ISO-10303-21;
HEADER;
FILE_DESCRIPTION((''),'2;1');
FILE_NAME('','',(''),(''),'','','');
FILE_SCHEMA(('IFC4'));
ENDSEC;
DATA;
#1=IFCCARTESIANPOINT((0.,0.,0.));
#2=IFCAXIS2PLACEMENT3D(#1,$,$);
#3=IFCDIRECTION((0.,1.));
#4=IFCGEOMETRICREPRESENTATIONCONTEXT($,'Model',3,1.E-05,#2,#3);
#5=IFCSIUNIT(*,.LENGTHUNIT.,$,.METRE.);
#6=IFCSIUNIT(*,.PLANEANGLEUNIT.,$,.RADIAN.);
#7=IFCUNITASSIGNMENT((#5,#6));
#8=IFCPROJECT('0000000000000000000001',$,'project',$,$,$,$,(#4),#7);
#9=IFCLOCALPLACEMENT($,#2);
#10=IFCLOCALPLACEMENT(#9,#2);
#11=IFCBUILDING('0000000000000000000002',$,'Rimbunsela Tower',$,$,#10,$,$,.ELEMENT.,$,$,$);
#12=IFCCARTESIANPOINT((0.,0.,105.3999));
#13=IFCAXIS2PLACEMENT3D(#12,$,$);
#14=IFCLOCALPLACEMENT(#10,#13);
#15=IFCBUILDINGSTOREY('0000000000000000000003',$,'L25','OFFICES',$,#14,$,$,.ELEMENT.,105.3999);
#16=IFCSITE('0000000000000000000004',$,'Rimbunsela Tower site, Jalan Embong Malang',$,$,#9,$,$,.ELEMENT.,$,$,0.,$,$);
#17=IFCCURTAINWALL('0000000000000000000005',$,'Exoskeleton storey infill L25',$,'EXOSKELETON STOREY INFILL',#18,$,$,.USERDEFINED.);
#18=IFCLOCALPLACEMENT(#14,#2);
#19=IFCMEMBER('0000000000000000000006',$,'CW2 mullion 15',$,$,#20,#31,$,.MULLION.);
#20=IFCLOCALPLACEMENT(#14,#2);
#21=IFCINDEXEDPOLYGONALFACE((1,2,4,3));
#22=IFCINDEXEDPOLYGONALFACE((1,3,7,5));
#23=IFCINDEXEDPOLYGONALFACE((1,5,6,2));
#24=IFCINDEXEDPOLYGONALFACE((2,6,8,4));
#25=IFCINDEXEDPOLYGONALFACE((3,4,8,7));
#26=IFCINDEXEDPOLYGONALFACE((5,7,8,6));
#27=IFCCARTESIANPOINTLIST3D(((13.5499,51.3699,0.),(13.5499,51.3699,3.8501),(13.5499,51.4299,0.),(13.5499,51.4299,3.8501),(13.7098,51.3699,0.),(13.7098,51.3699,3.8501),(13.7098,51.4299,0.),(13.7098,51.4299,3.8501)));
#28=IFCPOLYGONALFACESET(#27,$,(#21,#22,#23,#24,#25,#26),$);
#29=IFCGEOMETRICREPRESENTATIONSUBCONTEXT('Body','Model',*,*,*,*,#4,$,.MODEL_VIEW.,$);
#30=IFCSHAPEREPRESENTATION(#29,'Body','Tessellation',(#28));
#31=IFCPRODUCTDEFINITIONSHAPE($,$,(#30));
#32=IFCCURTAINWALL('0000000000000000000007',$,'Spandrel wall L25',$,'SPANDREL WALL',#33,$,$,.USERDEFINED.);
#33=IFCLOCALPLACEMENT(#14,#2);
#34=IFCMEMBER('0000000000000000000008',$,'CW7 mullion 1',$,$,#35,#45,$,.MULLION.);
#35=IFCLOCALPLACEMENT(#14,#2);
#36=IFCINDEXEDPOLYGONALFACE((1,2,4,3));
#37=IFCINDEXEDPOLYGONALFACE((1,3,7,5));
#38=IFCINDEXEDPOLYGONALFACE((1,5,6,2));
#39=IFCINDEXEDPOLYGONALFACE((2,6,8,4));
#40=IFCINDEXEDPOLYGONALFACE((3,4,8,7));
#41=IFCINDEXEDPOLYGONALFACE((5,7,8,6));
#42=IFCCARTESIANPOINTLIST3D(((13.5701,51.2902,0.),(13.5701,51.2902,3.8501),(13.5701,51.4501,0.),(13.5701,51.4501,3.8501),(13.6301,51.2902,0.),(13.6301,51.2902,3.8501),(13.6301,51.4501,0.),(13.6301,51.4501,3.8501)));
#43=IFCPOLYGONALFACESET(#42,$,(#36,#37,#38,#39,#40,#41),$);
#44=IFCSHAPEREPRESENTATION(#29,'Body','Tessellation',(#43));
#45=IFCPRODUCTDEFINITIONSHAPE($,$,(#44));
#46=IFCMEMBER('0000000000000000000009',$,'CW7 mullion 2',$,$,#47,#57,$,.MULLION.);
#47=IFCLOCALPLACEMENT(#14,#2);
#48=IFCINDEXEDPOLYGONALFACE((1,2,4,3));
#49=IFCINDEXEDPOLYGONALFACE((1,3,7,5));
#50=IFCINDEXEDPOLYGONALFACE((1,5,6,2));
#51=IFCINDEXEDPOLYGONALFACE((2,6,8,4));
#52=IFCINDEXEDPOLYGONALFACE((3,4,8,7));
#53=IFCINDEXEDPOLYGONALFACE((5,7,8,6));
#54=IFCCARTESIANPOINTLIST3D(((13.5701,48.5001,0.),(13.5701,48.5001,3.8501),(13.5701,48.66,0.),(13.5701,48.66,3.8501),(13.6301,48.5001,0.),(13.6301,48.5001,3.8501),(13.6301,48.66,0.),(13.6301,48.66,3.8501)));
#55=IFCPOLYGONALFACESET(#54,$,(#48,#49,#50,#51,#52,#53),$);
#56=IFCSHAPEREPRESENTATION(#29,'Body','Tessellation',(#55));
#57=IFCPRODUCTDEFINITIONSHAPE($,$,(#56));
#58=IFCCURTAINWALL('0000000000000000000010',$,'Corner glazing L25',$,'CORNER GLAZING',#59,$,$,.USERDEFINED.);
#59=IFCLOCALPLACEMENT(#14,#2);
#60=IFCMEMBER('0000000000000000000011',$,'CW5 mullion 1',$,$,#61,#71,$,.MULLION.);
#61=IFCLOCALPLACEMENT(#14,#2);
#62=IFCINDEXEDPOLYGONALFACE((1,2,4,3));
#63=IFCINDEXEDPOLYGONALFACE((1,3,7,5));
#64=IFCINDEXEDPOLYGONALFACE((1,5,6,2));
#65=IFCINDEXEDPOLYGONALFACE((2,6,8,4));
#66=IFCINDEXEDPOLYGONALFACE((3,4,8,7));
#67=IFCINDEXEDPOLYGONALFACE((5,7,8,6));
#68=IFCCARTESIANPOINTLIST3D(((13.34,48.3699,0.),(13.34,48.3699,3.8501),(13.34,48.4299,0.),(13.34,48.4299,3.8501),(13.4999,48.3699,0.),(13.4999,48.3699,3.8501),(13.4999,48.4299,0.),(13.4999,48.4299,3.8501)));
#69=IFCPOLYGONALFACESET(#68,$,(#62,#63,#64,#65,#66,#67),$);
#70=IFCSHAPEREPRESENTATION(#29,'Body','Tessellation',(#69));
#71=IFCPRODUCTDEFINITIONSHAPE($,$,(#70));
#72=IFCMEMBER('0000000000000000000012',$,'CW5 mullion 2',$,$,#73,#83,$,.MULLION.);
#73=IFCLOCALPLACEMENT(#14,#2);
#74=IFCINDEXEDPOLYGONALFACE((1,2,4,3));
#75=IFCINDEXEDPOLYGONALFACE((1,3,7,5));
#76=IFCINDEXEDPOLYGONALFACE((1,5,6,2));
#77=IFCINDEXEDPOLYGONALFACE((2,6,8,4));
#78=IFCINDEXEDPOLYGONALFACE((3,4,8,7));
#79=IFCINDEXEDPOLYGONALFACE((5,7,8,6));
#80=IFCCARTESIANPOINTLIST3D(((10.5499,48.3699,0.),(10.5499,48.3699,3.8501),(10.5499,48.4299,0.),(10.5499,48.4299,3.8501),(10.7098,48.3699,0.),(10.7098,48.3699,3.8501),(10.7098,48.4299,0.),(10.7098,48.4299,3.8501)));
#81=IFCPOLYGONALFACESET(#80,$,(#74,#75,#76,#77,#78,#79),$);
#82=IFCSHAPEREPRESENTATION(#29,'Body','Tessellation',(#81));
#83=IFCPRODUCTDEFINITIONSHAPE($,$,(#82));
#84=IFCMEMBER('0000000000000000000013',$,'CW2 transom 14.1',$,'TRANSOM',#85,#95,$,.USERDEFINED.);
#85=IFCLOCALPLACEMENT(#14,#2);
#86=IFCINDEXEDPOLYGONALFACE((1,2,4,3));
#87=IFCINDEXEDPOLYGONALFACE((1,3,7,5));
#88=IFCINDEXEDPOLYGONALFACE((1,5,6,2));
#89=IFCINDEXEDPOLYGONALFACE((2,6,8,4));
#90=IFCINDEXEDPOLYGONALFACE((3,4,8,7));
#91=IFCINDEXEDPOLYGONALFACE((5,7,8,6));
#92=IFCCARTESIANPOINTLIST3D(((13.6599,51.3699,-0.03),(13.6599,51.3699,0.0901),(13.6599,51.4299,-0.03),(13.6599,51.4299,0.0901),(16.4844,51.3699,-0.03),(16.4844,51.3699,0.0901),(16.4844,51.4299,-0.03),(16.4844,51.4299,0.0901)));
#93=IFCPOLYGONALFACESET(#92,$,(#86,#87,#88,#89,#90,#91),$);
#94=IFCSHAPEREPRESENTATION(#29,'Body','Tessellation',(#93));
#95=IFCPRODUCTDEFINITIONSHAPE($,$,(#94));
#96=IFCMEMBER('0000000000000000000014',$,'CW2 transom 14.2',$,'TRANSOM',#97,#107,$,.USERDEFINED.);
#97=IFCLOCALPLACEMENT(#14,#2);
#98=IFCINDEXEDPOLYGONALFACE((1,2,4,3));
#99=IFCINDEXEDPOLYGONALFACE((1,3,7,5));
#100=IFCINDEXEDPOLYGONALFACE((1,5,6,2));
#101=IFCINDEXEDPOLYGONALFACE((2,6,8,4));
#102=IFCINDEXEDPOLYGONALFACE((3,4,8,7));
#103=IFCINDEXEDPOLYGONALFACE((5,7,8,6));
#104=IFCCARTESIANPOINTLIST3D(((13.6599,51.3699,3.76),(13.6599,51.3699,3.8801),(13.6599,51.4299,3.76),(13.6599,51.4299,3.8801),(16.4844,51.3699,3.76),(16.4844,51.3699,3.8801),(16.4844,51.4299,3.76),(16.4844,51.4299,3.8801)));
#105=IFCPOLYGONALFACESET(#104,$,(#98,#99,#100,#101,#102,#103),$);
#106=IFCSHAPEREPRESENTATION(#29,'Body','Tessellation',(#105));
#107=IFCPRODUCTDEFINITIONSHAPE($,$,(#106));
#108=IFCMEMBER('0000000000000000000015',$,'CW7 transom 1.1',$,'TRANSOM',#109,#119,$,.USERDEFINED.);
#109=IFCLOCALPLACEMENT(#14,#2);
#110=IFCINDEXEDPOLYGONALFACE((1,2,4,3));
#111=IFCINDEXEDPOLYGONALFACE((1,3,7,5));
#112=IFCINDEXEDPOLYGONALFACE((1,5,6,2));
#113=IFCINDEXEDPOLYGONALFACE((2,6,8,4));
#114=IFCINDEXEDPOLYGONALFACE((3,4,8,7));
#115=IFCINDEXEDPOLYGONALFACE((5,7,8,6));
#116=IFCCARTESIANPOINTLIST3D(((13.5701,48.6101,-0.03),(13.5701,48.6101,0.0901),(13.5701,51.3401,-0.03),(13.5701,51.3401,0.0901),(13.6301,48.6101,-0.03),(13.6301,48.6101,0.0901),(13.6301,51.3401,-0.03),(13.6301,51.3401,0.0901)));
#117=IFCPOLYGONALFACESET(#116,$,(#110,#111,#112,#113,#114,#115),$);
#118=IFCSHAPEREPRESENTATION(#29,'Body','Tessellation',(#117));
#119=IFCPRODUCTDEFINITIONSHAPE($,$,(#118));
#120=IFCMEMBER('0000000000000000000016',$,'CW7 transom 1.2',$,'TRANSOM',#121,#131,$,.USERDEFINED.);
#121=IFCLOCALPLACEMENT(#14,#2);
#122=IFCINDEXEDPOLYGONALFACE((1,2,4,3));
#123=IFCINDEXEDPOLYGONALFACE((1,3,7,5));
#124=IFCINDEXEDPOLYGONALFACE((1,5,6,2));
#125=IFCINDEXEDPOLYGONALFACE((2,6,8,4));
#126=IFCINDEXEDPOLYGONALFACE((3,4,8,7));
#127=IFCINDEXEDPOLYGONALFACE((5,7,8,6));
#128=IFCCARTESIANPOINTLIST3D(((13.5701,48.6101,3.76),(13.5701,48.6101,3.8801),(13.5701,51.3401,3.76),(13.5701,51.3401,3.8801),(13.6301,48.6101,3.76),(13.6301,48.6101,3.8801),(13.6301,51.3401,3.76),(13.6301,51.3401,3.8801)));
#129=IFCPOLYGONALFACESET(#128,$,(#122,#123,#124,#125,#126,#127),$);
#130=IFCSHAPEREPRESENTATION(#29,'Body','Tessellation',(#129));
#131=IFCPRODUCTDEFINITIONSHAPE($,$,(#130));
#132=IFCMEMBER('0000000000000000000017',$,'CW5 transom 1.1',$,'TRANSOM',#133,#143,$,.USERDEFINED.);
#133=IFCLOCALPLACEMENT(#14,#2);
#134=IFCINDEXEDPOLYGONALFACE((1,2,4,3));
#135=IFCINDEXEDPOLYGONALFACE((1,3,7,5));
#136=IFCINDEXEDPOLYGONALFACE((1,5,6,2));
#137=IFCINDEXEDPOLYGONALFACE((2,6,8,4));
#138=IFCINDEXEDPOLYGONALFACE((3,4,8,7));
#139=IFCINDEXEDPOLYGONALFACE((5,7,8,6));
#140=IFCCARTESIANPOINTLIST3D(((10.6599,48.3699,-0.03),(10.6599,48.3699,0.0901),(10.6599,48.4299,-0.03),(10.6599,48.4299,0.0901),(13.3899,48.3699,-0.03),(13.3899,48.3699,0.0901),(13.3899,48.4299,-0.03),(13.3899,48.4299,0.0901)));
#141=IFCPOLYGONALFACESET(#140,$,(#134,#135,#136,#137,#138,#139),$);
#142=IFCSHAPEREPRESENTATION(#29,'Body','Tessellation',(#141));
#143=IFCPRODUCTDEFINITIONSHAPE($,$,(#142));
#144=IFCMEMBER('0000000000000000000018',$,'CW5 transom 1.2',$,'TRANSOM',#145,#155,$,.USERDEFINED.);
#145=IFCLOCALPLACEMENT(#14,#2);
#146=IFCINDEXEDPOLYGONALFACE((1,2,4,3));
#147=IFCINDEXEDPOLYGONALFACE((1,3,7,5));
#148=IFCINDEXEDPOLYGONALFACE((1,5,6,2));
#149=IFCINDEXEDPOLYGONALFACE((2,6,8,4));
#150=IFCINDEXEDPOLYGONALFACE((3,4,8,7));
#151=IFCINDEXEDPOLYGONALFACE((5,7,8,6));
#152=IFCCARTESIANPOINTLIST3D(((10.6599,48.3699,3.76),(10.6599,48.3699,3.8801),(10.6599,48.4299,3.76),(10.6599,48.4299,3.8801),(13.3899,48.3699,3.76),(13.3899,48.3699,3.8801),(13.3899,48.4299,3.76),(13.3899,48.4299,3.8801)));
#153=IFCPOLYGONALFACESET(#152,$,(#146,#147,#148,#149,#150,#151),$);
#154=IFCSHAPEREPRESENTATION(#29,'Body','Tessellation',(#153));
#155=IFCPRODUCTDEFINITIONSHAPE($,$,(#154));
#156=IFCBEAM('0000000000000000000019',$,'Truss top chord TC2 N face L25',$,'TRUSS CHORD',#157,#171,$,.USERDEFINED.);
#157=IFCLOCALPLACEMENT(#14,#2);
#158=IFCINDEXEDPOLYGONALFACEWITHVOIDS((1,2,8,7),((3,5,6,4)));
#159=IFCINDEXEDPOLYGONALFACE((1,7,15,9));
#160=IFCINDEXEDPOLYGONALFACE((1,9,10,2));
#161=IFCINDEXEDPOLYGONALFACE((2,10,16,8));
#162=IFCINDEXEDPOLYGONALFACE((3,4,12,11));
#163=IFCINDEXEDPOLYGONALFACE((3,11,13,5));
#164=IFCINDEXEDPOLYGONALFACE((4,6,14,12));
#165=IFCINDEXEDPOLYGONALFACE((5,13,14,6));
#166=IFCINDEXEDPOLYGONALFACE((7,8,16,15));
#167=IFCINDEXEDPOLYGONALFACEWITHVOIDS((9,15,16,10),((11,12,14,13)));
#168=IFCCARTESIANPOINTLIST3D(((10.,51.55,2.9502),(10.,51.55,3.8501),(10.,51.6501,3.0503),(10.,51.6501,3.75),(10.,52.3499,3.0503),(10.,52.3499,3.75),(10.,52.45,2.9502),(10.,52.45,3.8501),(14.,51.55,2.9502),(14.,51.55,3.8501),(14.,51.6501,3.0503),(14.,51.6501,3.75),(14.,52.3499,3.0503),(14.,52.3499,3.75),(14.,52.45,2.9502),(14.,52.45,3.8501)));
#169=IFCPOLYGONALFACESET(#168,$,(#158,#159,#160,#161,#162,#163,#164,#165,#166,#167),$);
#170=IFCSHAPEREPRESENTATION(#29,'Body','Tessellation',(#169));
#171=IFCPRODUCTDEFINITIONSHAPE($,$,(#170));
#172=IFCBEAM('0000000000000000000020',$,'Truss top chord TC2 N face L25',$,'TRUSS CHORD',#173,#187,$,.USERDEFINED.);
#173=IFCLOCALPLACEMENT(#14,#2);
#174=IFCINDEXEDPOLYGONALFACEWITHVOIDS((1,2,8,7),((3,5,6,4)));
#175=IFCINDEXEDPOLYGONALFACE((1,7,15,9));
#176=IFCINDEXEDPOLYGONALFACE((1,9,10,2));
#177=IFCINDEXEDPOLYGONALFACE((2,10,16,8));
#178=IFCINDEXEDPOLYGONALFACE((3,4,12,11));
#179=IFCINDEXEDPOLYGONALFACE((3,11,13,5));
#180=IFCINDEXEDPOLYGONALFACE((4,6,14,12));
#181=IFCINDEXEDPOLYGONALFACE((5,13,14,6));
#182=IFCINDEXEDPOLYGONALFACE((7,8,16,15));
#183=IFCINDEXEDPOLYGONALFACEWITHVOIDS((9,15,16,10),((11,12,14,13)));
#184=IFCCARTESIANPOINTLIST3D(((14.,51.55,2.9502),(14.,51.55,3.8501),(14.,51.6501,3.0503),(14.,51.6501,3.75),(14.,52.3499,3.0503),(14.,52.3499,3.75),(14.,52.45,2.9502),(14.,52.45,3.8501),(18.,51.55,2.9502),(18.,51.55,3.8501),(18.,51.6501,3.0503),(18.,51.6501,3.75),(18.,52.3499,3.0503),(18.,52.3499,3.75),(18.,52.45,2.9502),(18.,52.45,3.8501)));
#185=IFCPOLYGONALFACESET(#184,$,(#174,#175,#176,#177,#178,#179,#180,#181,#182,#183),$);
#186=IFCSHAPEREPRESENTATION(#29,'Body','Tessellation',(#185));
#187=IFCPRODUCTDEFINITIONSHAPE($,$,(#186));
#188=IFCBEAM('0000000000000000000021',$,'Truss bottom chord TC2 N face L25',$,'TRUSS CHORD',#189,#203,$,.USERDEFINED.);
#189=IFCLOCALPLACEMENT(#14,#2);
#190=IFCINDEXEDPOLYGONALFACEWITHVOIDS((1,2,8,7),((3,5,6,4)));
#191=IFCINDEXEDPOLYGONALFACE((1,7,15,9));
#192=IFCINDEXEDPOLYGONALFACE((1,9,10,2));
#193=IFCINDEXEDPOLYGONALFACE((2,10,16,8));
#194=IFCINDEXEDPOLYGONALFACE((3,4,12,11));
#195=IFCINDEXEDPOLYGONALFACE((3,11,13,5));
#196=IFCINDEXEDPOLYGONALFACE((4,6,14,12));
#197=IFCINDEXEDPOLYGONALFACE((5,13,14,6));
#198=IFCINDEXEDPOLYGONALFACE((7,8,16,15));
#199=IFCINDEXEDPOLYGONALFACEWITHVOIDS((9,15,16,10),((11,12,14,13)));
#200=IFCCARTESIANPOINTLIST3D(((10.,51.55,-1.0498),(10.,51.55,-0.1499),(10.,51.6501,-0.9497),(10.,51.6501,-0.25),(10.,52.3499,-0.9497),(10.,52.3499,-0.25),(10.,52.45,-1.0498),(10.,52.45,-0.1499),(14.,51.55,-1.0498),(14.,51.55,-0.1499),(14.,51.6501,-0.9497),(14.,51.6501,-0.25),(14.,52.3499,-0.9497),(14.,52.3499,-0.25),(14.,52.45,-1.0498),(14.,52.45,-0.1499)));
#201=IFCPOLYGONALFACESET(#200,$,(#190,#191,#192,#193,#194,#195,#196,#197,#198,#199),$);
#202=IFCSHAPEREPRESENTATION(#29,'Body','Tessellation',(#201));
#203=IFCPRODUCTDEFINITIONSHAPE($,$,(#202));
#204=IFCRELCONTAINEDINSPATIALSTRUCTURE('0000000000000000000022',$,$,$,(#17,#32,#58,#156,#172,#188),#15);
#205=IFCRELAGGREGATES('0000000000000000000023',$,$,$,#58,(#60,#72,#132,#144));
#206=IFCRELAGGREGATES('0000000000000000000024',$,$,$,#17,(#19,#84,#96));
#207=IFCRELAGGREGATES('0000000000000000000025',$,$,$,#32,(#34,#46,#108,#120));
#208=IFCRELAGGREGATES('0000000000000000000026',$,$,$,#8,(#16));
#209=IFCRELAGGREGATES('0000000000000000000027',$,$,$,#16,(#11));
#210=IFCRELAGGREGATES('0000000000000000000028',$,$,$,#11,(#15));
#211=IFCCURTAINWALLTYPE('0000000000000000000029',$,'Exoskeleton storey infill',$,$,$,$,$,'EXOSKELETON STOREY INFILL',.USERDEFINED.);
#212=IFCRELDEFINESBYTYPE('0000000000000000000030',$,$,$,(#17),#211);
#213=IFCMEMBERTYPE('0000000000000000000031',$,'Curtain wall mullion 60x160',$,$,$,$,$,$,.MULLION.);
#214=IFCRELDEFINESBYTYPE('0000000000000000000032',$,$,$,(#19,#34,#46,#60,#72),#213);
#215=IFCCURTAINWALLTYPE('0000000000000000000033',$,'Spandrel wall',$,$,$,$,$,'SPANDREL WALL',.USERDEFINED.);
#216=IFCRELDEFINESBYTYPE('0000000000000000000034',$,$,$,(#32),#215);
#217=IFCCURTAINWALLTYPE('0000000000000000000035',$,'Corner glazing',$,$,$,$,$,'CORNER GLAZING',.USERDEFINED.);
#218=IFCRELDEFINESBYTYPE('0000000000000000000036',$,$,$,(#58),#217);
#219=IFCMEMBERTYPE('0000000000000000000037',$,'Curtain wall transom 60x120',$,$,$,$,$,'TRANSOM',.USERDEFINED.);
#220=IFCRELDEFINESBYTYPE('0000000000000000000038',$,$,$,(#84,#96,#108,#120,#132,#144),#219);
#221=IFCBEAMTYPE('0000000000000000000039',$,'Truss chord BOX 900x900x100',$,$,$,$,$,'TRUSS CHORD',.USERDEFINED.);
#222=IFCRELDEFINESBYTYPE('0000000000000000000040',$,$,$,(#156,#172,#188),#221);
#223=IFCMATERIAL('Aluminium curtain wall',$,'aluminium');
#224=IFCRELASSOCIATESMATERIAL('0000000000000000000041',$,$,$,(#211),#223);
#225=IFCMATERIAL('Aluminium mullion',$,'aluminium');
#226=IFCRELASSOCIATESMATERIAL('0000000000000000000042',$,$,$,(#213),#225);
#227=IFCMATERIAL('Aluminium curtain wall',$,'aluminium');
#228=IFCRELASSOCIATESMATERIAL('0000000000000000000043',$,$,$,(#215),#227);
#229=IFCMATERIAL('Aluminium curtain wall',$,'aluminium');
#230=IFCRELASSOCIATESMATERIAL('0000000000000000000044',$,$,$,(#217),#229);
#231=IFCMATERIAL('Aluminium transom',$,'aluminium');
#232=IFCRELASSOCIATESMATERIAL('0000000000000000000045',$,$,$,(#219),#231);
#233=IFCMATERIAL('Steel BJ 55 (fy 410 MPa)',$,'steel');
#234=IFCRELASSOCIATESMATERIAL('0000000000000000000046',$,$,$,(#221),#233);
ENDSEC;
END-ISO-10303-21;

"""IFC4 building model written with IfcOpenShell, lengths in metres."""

from ifc_helpers import new_model, si_unit, direction, frame, origin, origin_2d, place, context, subcontext, project, spatial, rectangle, hollow_rectangle, extrude, material, material_profile, profile_set, type_object, element, aggregate, save


model = new_model("IFC4")

# Units and contexts
model_context = context("Model", 3, precision=1e-05, world=origin(), true_north=direction((0.0, 1.0)))
body_context = subcontext(model_context, "Body", "Model", "MODEL_VIEW")
ifc_project = project(units=[si_unit("LENGTHUNIT", "METRE"), si_unit("PLANEANGLEUNIT", "RADIAN")], contexts=[model_context])

# Site, building, storey
site_placement = place(None, origin())
site = spatial("IfcSite", under=ifc_project, at=site_placement, Name="Rimbunsela Tower site, Jalan Embong Malang", CompositionType="ELEMENT", RefElevation=0.0)
building_placement = place(site_placement, origin())
building = spatial("IfcBuilding", under=site, at=building_placement, Name="Rimbunsela Tower", CompositionType="ELEMENT")
storey_placement = place(building_placement, frame((0.0, 0.0, 105.3999)))
storey = spatial("IfcBuildingStorey", under=building, at=storey_placement, Name="L25", Description="OFFICES", CompositionType="ELEMENT", Elevation=105.3999)

# Curtain wall, member
ifc_material_1 = material(Name="Aluminium curtain wall", Category="aluminium")
curtain_wall_type_1 = type_object("IfcCurtainWallType", Name="Exoskeleton storey infill", ElementType="EXOSKELETON STOREY INFILL", PredefinedType="USERDEFINED", material=ifc_material_1)
curtain_wall_1_placement = place(storey_placement, origin())
curtain_wall_1 = element("IfcCurtainWall", 1, at=curtain_wall_1_placement, inside=storey, type_object=curtain_wall_type_1, Name="Exoskeleton storey infill L25", ObjectType="EXOSKELETON STOREY INFILL", PredefinedType="USERDEFINED")
ifc_material_2 = material(Name="Aluminium mullion", Category="aluminium")
ifc_material_profile_1 = material_profile(ifc_material_2, rectangle(XDim=0.0601, YDim=0.1599, at=origin_2d()), Name="Mullion 60x160")
ifc_profile_set_1 = profile_set([ifc_material_profile_1], Name="Aluminium mullion")
member_type_1 = type_object("IfcMemberType", Name="Curtain wall mullion 60x160", PredefinedType="MULLION", material=ifc_profile_set_1)
member_1_placement = place(storey_placement, frame((13.6299, 51.3999, 0.0), z_axis=(0.0, 0.0, 1.0), x_axis=(0.0, -1.0, 0.0)))
member_1 = element("IfcMember", 2, at=member_1_placement, type_object=member_type_1, Name="CW2 mullion 15", PredefinedType="MULLION", context=body_context, shape_type="SweptSolid", body=[
    extrude(rectangle(XDim=0.0601, YDim=0.1599, at=origin_2d()), origin(), (0.0, 0.0, 1.0), 3.8501),
])

# Curtain walls, members
ifc_material_3 = material(Name="Aluminium curtain wall", Category="aluminium")
curtain_wall_type_2 = type_object("IfcCurtainWallType", Name="Spandrel wall", ElementType="SPANDREL WALL", PredefinedType="USERDEFINED", material=ifc_material_3)
curtain_wall_2_placement = place(storey_placement, origin())
curtain_wall_2 = element("IfcCurtainWall", 3, at=curtain_wall_2_placement, inside=storey, type_object=curtain_wall_type_2, Name="Spandrel wall L25", ObjectType="SPANDREL WALL", PredefinedType="USERDEFINED")
member_2_placement = place(storey_placement, frame((13.6001, 51.3701, 0.0), z_axis=(0.0, 0.0, 1.0), x_axis=(1.0, 0.0, 0.0)))
member_2 = element("IfcMember", 4, at=member_2_placement, type_object=member_type_1, Name="CW7 mullion 1", PredefinedType="MULLION", context=body_context, shape_type="SweptSolid", body=[
    extrude(rectangle(XDim=0.0601, YDim=0.1599, at=origin_2d()), origin(), (0.0, 0.0, 1.0), 3.8501),
])
member_3_placement = place(storey_placement, frame((13.6001, 48.5801, 0.0), z_axis=(0.0, 0.0, 1.0), x_axis=(1.0, 0.0, 0.0)))
member_3 = element("IfcMember", 5, at=member_3_placement, type_object=member_type_1, Name="CW7 mullion 2", PredefinedType="MULLION", context=body_context, shape_type="SweptSolid", body=[
    extrude(rectangle(XDim=0.0601, YDim=0.1599, at=origin_2d()), origin(), (0.0, 0.0, 1.0), 3.8501),
])
ifc_material_4 = material(Name="Aluminium curtain wall", Category="aluminium")
curtain_wall_type_3 = type_object("IfcCurtainWallType", Name="Corner glazing", ElementType="CORNER GLAZING", PredefinedType="USERDEFINED", material=ifc_material_4)
curtain_wall_3_placement = place(storey_placement, origin())
curtain_wall_3 = element("IfcCurtainWall", 6, at=curtain_wall_3_placement, inside=storey, type_object=curtain_wall_type_3, Name="Corner glazing L25", ObjectType="CORNER GLAZING", PredefinedType="USERDEFINED")
member_4_placement = place(storey_placement, frame((13.4199, 48.3999, 0.0), z_axis=(0.0, 0.0, 1.0), x_axis=(0.0, -1.0, 0.0)))
member_4 = element("IfcMember", 7, at=member_4_placement, type_object=member_type_1, Name="CW5 mullion 1", PredefinedType="MULLION", context=body_context, shape_type="SweptSolid", body=[
    extrude(rectangle(XDim=0.0601, YDim=0.1599, at=origin_2d()), origin(), (0.0, 0.0, 1.0), 3.8501),
])
member_5_placement = place(storey_placement, frame((10.6299, 48.3999, 0.0), z_axis=(0.0, 0.0, 1.0), x_axis=(0.0, -1.0, 0.0)))
member_5 = element("IfcMember", 8, at=member_5_placement, type_object=member_type_1, Name="CW5 mullion 2", PredefinedType="MULLION", context=body_context, shape_type="SweptSolid", body=[
    extrude(rectangle(XDim=0.0601, YDim=0.1599, at=origin_2d()), origin(), (0.0, 0.0, 1.0), 3.8501),
])

# Members
ifc_material_5 = material(Name="Aluminium transom", Category="aluminium")
ifc_material_profile_2 = material_profile(ifc_material_5, rectangle(XDim=0.0601, YDim=0.1201, at=origin_2d()), Name="Transom 60x120")
ifc_profile_set_2 = profile_set([ifc_material_profile_2], Name="Aluminium transom")
member_type_2 = type_object("IfcMemberType", Name="Curtain wall transom 60x120", ElementType="TRANSOM", PredefinedType="USERDEFINED", material=ifc_profile_set_2)
member_6_placement = place(storey_placement, frame((16.4844, 51.3999, 0.03), z_axis=(-1.0, 0.0, 0.0), x_axis=(0.0, -1.0, 0.0)))
member_6 = element("IfcMember", 9, at=member_6_placement, type_object=member_type_2, Name="CW2 transom 14.1", ObjectType="TRANSOM", PredefinedType="USERDEFINED", context=body_context, shape_type="SweptSolid", body=[
    extrude(rectangle(XDim=0.0601, YDim=0.1201, at=origin_2d()), origin(), (0.0, 0.0, 1.0), 2.8245),
])
member_7_placement = place(storey_placement, frame((16.4844, 51.3999, 3.8201), z_axis=(-1.0, 0.0, 0.0), x_axis=(0.0, -1.0, 0.0)))
member_7 = element("IfcMember", 10, at=member_7_placement, type_object=member_type_2, Name="CW2 transom 14.2", ObjectType="TRANSOM", PredefinedType="USERDEFINED", context=body_context, shape_type="SweptSolid", body=[
    extrude(rectangle(XDim=0.0601, YDim=0.1201, at=origin_2d()), origin(), (0.0, 0.0, 1.0), 2.8245),
])
member_8_placement = place(storey_placement, frame((13.6001, 51.3401, 0.03), z_axis=(0.0, -1.0, 0.0), x_axis=(1.0, 0.0, 0.0)))
member_8 = element("IfcMember", 11, at=member_8_placement, type_object=member_type_2, Name="CW7 transom 1.1", ObjectType="TRANSOM", PredefinedType="USERDEFINED", context=body_context, shape_type="SweptSolid", body=[
    extrude(rectangle(XDim=0.0601, YDim=0.1201, at=origin_2d()), origin(), (0.0, 0.0, 1.0), 2.73),
])
member_9_placement = place(storey_placement, frame((13.6001, 51.3401, 3.8201), z_axis=(0.0, -1.0, 0.0), x_axis=(1.0, 0.0, 0.0)))
member_9 = element("IfcMember", 12, at=member_9_placement, type_object=member_type_2, Name="CW7 transom 1.2", ObjectType="TRANSOM", PredefinedType="USERDEFINED", context=body_context, shape_type="SweptSolid", body=[
    extrude(rectangle(XDim=0.0601, YDim=0.1201, at=origin_2d()), origin(), (0.0, 0.0, 1.0), 2.73),
])
member_10_placement = place(storey_placement, frame((13.3899, 48.3999, 0.03), z_axis=(-1.0, 0.0, 0.0), x_axis=(0.0, -1.0, 0.0)))
member_10 = element("IfcMember", 13, at=member_10_placement, type_object=member_type_2, Name="CW5 transom 1.1", ObjectType="TRANSOM", PredefinedType="USERDEFINED", context=body_context, shape_type="SweptSolid", body=[
    extrude(rectangle(XDim=0.0601, YDim=0.1201, at=origin_2d()), origin(), (0.0, 0.0, 1.0), 2.73),
])
member_11_placement = place(storey_placement, frame((13.3899, 48.3999, 3.8201), z_axis=(-1.0, 0.0, 0.0), x_axis=(0.0, -1.0, 0.0)))
member_11 = element("IfcMember", 14, at=member_11_placement, type_object=member_type_2, Name="CW5 transom 1.2", ObjectType="TRANSOM", PredefinedType="USERDEFINED", context=body_context, shape_type="SweptSolid", body=[
    extrude(rectangle(XDim=0.0601, YDim=0.1201, at=origin_2d()), origin(), (0.0, 0.0, 1.0), 2.73),
])

# Beams
ifc_material_6 = material(Name="Steel BJ 55 (fy 410 MPa)", Category="steel")
ifc_material_profile_3 = material_profile(ifc_material_6, hollow_rectangle(XDim=0.8999, YDim=0.8999, WallThickness=0.1001, at=origin_2d()), Name="BOX 900x900x100")
ifc_profile_set_3 = profile_set([ifc_material_profile_3], Name="Steel BJ 55 (fy 410 MPa)")
beam_type = type_object("IfcBeamType", Name="Truss chord BOX 900x900x100", ElementType="TRUSS CHORD", PredefinedType="USERDEFINED", material=ifc_profile_set_3)
for number, where, z_axis, x_axis, name in (
    (15, (10.0, 52.0, 3.4001), (1.0, 0.0, 0.0), (0.0, 1.0, 0.0), "Truss top chord TC2 N face L25"),
    (16, (14.0, 52.0, 3.4001), (1.0, 0.0, 0.0), (0.0, 1.0, 0.0), "Truss top chord TC2 N face L25"),
    (17, (10.0, 52.0, -0.5999), (1.0, 0.0, 0.0), (0.0, 1.0, 0.0), "Truss bottom chord TC2 N face L25"),
):
    element("IfcBeam", number, at=place(storey_placement, frame(where, z_axis=z_axis, x_axis=x_axis)), inside=storey, type_object=beam_type, Name=name, ObjectType="TRUSS CHORD", PredefinedType="USERDEFINED", context=body_context, shape_type="SweptSolid", body=[
        extrude(hollow_rectangle(XDim=0.8999, YDim=0.8999, WallThickness=0.1001, at=origin_2d()), origin(), (0.0, 0.0, 1.0), 4.0),
    ])

aggregate(curtain_wall_3, [member_4, member_5, member_10, member_11])
aggregate(curtain_wall_1, [member_1, member_6, member_7])
aggregate(curtain_wall_2, [member_2, member_3, member_8, member_9])

save(model, "model.ifc")
